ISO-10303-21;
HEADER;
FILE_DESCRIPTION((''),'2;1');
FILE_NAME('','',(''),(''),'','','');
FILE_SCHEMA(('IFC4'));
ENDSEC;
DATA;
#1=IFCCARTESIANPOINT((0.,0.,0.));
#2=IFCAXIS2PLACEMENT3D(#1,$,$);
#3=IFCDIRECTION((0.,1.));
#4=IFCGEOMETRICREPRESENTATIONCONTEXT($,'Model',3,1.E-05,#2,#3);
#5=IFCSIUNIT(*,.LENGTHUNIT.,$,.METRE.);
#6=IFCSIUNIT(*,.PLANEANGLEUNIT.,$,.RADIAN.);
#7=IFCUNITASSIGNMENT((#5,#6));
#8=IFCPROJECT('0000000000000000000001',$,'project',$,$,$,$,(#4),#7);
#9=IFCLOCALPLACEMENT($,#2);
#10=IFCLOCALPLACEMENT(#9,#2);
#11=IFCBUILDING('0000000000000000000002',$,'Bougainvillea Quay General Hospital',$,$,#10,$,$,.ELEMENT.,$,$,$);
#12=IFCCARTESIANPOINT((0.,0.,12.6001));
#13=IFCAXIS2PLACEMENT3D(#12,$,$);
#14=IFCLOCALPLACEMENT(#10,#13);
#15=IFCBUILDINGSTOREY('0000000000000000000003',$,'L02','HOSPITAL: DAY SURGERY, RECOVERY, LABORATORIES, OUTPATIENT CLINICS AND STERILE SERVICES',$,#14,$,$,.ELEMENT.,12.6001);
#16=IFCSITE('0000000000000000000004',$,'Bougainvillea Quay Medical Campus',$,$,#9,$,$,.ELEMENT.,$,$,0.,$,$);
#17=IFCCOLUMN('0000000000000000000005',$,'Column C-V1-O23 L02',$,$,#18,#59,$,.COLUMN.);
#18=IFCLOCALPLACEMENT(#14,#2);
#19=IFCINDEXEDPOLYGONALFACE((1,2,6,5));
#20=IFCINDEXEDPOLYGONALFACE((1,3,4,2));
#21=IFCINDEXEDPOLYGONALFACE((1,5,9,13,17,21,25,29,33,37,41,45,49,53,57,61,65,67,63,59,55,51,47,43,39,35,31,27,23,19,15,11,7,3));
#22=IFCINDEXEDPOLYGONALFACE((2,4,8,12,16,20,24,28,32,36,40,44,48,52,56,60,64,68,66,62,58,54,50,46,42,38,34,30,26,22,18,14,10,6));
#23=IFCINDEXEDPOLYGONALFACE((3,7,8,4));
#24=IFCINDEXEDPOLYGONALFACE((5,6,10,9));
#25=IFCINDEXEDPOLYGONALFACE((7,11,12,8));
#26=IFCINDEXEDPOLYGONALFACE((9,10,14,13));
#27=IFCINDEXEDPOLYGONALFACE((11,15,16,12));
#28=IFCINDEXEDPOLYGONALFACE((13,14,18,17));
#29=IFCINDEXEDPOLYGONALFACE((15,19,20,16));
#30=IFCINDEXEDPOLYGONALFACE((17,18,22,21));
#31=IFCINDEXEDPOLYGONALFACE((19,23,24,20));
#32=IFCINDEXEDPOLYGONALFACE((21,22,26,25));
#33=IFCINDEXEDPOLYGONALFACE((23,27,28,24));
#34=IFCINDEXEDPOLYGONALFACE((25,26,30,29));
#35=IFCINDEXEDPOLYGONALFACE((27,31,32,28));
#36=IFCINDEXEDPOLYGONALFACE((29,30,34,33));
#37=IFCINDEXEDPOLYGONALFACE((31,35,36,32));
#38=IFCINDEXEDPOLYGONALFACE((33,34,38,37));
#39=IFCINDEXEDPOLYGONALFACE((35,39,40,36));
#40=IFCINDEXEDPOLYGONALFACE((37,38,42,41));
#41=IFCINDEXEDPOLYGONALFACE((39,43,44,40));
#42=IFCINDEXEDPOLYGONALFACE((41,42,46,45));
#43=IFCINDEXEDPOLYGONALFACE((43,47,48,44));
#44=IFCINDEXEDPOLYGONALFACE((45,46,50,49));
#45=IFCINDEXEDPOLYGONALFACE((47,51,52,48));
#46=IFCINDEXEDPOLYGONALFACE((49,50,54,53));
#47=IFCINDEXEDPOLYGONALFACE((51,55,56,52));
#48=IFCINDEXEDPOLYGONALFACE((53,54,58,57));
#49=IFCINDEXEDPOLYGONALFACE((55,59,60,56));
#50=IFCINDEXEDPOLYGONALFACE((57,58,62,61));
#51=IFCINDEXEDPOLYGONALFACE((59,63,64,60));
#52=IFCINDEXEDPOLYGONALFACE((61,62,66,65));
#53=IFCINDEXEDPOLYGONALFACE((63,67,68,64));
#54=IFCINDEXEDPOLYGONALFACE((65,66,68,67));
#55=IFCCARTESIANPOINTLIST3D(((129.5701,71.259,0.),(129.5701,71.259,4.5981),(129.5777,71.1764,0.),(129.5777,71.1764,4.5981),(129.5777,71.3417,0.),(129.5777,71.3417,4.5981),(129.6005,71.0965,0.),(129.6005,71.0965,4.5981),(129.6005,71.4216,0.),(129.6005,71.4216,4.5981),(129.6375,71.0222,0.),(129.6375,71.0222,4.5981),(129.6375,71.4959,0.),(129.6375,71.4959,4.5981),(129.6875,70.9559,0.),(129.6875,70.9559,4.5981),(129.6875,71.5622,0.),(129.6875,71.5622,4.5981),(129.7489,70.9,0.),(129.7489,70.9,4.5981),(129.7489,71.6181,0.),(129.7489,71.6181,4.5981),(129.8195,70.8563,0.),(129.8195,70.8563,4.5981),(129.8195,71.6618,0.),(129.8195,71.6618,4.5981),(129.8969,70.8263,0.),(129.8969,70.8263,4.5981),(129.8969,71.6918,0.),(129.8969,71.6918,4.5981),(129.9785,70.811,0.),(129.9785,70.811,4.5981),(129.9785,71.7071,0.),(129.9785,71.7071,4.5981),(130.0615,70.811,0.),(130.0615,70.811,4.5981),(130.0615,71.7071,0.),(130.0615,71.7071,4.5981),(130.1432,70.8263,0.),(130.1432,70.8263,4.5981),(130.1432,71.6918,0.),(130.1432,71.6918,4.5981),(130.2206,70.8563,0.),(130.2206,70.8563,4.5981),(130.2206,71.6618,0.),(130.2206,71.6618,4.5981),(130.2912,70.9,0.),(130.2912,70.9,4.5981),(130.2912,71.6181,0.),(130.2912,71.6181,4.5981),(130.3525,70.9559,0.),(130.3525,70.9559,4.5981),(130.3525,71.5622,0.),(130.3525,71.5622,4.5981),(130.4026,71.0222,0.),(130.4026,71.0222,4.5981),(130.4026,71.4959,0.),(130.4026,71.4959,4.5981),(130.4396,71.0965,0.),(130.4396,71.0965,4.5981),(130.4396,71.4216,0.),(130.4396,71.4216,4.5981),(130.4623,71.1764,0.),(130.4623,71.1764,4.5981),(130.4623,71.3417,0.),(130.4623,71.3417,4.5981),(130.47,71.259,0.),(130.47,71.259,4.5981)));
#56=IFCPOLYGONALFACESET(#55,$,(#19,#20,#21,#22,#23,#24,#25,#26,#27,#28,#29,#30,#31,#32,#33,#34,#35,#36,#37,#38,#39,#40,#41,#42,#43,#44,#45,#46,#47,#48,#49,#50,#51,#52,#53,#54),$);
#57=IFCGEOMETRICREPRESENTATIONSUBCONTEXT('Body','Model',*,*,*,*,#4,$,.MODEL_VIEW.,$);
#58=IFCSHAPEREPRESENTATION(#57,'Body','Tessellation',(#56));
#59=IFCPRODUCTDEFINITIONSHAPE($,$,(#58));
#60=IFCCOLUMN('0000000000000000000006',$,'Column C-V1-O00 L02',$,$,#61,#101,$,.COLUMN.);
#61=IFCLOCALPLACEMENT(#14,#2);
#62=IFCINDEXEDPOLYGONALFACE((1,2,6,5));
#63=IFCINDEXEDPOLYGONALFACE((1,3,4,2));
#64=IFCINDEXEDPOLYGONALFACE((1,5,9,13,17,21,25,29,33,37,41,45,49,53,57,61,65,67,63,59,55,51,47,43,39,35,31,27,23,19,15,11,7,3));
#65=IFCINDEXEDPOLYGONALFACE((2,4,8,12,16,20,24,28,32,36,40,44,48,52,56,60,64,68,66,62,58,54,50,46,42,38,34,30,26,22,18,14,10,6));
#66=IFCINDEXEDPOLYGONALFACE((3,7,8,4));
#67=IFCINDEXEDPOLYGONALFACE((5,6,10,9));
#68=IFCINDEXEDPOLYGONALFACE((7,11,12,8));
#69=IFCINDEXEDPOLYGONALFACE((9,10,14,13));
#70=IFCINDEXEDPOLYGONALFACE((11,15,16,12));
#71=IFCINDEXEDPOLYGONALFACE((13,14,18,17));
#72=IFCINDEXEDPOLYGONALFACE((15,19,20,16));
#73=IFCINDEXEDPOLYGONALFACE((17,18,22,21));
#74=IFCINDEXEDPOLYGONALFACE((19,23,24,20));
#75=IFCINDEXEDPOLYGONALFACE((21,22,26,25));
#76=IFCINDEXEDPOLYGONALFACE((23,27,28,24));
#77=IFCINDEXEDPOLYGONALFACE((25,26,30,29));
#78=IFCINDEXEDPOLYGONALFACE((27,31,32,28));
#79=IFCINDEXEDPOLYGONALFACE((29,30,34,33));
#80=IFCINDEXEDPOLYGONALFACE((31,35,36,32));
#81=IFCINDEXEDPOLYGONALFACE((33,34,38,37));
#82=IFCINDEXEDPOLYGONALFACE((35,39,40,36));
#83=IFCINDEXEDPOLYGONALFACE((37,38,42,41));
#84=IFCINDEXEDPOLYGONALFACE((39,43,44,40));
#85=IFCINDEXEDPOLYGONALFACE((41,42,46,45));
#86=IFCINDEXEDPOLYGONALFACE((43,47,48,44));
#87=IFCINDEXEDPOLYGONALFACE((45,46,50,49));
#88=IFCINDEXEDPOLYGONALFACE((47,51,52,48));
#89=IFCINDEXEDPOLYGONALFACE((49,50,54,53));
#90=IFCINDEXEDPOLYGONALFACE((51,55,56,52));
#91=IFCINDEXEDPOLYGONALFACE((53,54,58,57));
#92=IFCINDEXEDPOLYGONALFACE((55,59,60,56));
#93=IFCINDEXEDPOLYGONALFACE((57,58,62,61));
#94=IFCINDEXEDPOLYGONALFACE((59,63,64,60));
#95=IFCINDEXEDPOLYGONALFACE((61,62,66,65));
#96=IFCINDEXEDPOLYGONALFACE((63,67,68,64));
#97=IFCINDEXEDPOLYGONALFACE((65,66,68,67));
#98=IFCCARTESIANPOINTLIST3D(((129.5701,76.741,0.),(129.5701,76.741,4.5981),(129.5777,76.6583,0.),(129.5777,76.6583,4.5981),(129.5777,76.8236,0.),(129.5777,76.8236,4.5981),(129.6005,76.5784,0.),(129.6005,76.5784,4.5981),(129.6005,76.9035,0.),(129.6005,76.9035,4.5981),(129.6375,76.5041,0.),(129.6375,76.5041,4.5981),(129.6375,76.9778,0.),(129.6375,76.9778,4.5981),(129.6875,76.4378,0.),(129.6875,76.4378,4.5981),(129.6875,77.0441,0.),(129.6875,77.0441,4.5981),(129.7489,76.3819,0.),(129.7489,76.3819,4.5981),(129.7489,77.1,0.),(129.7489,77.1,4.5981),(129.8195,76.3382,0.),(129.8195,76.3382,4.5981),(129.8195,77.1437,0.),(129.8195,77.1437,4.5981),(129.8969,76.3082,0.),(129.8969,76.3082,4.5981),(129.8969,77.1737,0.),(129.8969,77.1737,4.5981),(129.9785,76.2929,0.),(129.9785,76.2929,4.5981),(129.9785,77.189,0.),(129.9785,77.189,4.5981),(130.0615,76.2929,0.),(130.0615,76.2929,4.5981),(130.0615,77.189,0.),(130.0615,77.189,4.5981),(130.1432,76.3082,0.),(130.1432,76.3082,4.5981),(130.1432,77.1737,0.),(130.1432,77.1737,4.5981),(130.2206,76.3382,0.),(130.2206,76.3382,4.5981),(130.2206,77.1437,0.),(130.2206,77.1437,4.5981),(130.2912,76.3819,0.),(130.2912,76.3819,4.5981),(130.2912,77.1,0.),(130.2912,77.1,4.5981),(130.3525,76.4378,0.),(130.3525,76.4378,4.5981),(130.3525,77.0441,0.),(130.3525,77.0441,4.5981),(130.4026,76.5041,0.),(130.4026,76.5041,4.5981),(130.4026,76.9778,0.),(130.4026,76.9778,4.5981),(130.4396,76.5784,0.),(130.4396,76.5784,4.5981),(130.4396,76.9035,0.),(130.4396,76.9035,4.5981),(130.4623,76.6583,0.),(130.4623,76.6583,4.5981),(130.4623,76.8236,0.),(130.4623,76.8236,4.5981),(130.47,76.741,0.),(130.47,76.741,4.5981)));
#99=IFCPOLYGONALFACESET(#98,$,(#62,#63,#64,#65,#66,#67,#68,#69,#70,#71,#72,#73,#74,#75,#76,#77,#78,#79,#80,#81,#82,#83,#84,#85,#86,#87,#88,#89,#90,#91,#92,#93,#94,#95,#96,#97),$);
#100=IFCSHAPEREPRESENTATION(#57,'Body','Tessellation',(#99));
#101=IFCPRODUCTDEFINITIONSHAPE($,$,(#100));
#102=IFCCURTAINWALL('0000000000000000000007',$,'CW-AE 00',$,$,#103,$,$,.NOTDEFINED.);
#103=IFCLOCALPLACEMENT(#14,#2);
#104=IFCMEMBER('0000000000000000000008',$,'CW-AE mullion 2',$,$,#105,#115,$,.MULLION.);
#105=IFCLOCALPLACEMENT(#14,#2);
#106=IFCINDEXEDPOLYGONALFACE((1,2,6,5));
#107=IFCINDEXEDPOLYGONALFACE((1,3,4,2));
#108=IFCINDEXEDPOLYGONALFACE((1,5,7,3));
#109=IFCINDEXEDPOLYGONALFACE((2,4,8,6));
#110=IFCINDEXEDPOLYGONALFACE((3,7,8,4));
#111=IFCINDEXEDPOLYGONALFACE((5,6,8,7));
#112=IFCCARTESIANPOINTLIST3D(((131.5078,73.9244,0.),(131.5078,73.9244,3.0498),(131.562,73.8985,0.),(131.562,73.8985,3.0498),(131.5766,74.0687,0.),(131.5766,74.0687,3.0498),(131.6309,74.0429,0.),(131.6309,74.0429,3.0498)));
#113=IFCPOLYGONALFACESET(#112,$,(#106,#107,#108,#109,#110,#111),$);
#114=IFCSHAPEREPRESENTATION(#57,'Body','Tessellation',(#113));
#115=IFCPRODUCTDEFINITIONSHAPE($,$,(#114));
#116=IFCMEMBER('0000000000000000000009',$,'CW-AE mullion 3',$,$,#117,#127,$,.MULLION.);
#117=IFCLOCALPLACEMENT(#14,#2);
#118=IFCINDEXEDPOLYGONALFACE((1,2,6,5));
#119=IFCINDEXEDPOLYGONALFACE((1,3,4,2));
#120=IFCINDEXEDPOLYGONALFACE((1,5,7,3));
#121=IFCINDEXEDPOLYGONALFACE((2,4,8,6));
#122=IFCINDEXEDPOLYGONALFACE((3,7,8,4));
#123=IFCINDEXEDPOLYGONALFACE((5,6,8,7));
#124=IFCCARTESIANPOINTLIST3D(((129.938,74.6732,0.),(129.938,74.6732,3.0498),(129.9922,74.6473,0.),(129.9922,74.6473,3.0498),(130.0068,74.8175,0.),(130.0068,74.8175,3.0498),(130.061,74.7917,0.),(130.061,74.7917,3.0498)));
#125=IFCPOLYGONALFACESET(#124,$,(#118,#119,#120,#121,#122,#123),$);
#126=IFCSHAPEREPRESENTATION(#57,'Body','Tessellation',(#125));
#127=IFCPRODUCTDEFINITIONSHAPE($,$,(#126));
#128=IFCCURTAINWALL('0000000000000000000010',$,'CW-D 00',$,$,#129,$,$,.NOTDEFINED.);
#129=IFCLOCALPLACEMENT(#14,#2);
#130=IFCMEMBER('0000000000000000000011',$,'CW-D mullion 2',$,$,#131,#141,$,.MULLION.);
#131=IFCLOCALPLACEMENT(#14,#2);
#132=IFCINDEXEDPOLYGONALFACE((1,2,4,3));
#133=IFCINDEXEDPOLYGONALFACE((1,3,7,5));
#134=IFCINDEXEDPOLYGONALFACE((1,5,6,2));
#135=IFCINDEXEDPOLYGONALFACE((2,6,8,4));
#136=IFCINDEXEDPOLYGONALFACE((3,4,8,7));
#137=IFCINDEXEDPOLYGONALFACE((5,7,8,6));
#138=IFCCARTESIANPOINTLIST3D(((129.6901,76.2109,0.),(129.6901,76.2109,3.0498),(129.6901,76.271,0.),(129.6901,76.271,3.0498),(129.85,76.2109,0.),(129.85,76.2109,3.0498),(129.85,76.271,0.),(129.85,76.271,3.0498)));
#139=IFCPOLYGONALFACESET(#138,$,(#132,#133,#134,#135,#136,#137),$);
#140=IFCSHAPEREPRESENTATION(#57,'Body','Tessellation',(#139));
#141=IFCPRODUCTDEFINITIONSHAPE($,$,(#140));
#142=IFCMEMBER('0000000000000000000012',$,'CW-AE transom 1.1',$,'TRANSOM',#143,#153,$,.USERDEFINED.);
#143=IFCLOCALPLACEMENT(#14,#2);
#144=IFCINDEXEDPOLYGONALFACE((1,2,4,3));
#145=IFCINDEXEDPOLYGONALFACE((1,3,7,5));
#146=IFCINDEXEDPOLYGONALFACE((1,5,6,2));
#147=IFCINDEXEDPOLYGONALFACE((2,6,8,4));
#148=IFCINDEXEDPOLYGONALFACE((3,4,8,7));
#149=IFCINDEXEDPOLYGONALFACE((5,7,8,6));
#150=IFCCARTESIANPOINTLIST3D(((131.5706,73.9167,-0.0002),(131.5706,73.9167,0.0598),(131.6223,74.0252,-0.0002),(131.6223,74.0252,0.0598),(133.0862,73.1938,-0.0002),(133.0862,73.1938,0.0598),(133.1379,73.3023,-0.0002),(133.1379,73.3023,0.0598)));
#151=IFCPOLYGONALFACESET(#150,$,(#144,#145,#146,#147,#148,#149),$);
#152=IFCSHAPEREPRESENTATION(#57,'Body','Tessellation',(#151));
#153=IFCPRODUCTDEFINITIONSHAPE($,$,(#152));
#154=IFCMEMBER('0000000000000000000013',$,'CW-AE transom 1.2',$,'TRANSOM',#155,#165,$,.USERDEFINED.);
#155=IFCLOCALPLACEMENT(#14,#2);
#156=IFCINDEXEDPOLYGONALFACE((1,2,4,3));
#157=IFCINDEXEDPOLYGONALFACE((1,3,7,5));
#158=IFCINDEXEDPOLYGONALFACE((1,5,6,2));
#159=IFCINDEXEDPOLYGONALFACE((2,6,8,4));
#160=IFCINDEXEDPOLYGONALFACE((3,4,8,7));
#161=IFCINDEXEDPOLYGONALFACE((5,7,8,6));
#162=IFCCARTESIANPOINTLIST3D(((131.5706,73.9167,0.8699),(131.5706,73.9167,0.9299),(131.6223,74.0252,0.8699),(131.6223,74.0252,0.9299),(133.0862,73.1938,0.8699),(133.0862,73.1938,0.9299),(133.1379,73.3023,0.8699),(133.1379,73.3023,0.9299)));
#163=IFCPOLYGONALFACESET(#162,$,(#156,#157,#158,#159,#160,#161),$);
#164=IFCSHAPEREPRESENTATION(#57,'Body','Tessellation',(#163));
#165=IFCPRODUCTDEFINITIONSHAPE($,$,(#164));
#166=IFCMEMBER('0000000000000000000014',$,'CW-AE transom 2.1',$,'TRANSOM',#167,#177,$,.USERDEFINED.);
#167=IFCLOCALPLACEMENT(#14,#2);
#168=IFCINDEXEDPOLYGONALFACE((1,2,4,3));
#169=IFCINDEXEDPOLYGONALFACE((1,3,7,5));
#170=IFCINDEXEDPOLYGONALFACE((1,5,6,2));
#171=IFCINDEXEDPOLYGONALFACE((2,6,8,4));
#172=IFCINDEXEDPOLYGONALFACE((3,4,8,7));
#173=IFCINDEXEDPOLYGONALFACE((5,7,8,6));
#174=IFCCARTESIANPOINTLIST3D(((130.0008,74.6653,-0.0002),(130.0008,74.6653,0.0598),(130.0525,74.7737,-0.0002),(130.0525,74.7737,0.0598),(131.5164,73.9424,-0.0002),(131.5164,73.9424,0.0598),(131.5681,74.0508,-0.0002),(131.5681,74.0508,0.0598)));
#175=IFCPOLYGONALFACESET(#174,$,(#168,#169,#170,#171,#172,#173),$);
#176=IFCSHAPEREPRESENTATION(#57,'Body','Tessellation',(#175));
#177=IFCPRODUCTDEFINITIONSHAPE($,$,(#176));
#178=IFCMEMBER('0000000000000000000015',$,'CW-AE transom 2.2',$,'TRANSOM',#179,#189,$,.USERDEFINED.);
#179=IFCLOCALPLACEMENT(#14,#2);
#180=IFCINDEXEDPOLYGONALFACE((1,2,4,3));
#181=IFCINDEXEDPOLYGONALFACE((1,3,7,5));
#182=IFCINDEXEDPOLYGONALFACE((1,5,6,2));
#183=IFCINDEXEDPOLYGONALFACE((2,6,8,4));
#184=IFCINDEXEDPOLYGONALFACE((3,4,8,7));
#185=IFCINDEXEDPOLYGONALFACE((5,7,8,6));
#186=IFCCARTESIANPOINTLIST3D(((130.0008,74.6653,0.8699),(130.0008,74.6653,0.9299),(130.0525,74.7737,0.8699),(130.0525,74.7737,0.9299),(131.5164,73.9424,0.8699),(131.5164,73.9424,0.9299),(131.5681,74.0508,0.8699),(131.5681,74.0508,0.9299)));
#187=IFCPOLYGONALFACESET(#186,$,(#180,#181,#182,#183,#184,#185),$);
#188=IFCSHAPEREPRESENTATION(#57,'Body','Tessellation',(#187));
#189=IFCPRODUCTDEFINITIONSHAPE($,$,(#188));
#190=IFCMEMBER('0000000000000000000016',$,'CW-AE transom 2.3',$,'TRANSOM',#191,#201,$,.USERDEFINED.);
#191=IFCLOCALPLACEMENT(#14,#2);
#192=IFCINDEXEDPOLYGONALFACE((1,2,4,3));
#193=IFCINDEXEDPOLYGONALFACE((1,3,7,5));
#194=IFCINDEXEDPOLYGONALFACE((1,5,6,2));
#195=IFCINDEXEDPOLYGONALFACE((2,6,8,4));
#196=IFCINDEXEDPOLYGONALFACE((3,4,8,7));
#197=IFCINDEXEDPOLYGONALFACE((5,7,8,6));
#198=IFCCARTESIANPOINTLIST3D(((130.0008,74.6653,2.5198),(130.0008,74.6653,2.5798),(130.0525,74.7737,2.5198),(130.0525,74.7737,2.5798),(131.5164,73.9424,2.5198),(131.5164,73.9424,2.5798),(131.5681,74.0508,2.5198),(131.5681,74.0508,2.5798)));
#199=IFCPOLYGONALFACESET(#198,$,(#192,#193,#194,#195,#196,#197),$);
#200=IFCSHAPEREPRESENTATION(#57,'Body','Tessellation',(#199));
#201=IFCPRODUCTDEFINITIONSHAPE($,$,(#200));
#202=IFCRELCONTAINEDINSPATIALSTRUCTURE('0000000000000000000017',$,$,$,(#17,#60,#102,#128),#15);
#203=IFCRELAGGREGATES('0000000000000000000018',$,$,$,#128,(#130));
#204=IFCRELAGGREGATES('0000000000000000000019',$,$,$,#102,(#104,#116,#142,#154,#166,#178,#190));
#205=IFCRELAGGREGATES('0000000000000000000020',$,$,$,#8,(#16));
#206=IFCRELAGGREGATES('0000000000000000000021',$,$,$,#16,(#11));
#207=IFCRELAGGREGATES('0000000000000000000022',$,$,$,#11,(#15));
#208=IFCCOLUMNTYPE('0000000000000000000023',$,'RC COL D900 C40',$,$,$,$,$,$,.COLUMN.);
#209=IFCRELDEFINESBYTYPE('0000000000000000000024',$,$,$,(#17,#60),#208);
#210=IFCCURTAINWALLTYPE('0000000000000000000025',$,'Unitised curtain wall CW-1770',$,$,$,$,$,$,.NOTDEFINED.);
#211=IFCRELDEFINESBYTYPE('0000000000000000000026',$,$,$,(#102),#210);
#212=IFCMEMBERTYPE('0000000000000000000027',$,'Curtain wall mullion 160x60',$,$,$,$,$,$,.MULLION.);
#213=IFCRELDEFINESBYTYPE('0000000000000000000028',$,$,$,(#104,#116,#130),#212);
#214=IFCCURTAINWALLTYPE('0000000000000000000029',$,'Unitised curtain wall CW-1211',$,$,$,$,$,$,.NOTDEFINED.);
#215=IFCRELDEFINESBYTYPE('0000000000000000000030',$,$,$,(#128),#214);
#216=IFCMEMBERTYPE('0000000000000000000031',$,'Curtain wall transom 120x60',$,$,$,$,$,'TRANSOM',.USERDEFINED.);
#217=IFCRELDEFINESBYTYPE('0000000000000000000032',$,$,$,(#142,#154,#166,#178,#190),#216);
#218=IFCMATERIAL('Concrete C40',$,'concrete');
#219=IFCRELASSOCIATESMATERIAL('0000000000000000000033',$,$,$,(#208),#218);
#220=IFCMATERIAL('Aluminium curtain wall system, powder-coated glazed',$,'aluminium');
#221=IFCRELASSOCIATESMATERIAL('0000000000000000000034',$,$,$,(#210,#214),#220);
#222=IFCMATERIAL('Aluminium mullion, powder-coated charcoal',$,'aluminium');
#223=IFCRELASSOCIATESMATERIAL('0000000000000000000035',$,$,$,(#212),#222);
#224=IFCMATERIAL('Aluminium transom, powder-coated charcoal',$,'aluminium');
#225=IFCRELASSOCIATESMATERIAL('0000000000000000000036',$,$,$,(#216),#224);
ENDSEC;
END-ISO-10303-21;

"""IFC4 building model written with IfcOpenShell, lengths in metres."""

from ifc_helpers import new_model, si_unit, direction, frame, origin, origin_2d, place, context, subcontext, project, spatial, rectangle, circle, extrude, material, material_profile, profile_set, type_object, element, aggregate, save


model = new_model("IFC4")

# Units and contexts
model_context = context("Model", 3, precision=1e-05, world=origin(), true_north=direction((0.0, 1.0)))
body_context = subcontext(model_context, "Body", "Model", "MODEL_VIEW")
ifc_project = project(units=[si_unit("LENGTHUNIT", "METRE"), si_unit("PLANEANGLEUNIT", "RADIAN")], contexts=[model_context])

# Site, building, storey
site_placement = place(None, origin())
site = spatial("IfcSite", under=ifc_project, at=site_placement, Name="Bougainvillea Quay Medical Campus", CompositionType="ELEMENT", RefElevation=0.0)
building_placement = place(site_placement, origin())
building = spatial("IfcBuilding", under=site, at=building_placement, Name="Bougainvillea Quay General Hospital", CompositionType="ELEMENT")
storey_placement = place(building_placement, frame((0.0, 0.0, 12.6001)))
storey = spatial("IfcBuildingStorey", under=building, at=storey_placement, Name="L02", Description="HOSPITAL: DAY SURGERY, RECOVERY, LABORATORIES, OUTPATIENT CLINICS AND STERILE SERVICES", CompositionType="ELEMENT", Elevation=12.6001)

# Columns
ifc_material_1 = material(Name="Concrete C40", Category="concrete")
ifc_material_profile_1 = material_profile(ifc_material_1, circle(Radius=0.45, at=origin_2d()))
ifc_profile_set_1 = profile_set([ifc_material_profile_1], Name="Concrete C40")
column_type = type_object("IfcColumnType", Name="RC COL D900 C40", PredefinedType="COLUMN", material=ifc_profile_set_1)
for number, where, z_axis, x_axis, name in (
    (1, (130.02, 71.259, 0.0), (0.0, 0.0, 1.0), (1.0, 0.0, 0.0), "Column C-V1-O23 L02"),
    (2, (130.02, 76.741, 0.0), (0.0, 0.0, 1.0), (1.0, 0.0, 0.0), "Column C-V1-O00 L02"),
):
    element("IfcColumn", number, at=place(storey_placement, frame(where, z_axis=z_axis, x_axis=x_axis)), inside=storey, type_object=column_type, Name=name, PredefinedType="COLUMN", context=body_context, shape_type="SweptSolid", body=[
        extrude(circle(Radius=0.45, at=origin_2d()), origin(), (0.0, 0.0, 1.0), 4.5981),
    ])

# Curtain wall, members
ifc_material_2 = material(Name="Aluminium curtain wall system, powder-coated glazed", Category="aluminium")
curtain_wall_type_1 = type_object("IfcCurtainWallType", Name="Unitised curtain wall CW-1770", PredefinedType="NOTDEFINED", material=ifc_material_2)
curtain_wall_1_placement = place(storey_placement, origin())
curtain_wall_1 = element("IfcCurtainWall", 3, at=curtain_wall_1_placement, inside=storey, type_object=curtain_wall_type_1, Name="CW-AE 00", PredefinedType="NOTDEFINED")
ifc_material_3 = material(Name="Aluminium mullion, powder-coated charcoal", Category="aluminium")
ifc_material_profile_2 = material_profile(ifc_material_3, rectangle(XDim=0.1599, YDim=0.0601, at=origin_2d()))
ifc_profile_set_2 = profile_set([ifc_material_profile_2], Name="Aluminium mullion, powder-coated charcoal")
member_type_1 = type_object("IfcMemberType", Name="Curtain wall mullion 160x60", PredefinedType="MULLION", material=ifc_profile_set_2)
member_1_placement = place(storey_placement, frame((131.5693, 73.9836, 0.0), z_axis=(0.0, 0.0, 1.0), x_axis=(-0.430463, -0.902608, 0.0)))
member_1 = element("IfcMember", 4, at=member_1_placement, type_object=member_type_1, Name="CW-AE mullion 2", PredefinedType="MULLION", context=body_context, shape_type="SweptSolid", body=[
    extrude(rectangle(XDim=0.1599, YDim=0.0601, at=origin_2d()), origin(), (0.0, 0.0, 1.0), 3.0498),
])
member_2_placement = place(storey_placement, frame((129.9995, 74.7324, 0.0), z_axis=(0.0, 0.0, 1.0), x_axis=(-0.430463, -0.902608, 0.0)))
member_2 = element("IfcMember", 5, at=member_2_placement, type_object=member_type_1, Name="CW-AE mullion 3", PredefinedType="MULLION", context=body_context, shape_type="SweptSolid", body=[
    extrude(rectangle(XDim=0.1599, YDim=0.0601, at=origin_2d()), origin(), (0.0, 0.0, 1.0), 3.0498),
])

# Curtain wall, member
curtain_wall_type_2 = type_object("IfcCurtainWallType", Name="Unitised curtain wall CW-1211", PredefinedType="NOTDEFINED", material=ifc_material_2)
curtain_wall_2_placement = place(storey_placement, origin())
curtain_wall_2 = element("IfcCurtainWall", 6, at=curtain_wall_2_placement, inside=storey, type_object=curtain_wall_type_2, Name="CW-D 00", PredefinedType="NOTDEFINED")
member_3_placement = place(storey_placement, frame((129.77, 76.241, 0.0), z_axis=(0.0, 0.0, 1.0), x_axis=(-1.0, 0.0, 0.0)))
member_3 = element("IfcMember", 7, at=member_3_placement, type_object=member_type_1, Name="CW-D mullion 2", PredefinedType="MULLION", context=body_context, shape_type="SweptSolid", body=[
    extrude(rectangle(XDim=0.1599, YDim=0.0601, at=origin_2d()), origin(), (0.0, 0.0, 1.0), 3.0498),
])

# Members
ifc_material_4 = material(Name="Aluminium transom, powder-coated charcoal", Category="aluminium")
ifc_material_profile_3 = material_profile(ifc_material_4, rectangle(XDim=0.1201, YDim=0.0601, at=origin_2d()))
ifc_profile_set_3 = profile_set([ifc_material_profile_3], Name="Aluminium transom, powder-coated charcoal")
member_type_2 = type_object("IfcMemberType", Name="Curtain wall transom 120x60", ElementType="TRANSOM", PredefinedType="USERDEFINED", material=ifc_profile_set_3)
member_4_placement = place(storey_placement, frame((133.1121, 73.248, 0.0298), z_axis=(-0.902589, 0.430504, 0.0), x_axis=(-0.430504, -0.902589, 0.0)))
member_4 = element("IfcMember", 8, at=member_4_placement, type_object=member_type_2, Name="CW-AE transom 1.1", ObjectType="TRANSOM", PredefinedType="USERDEFINED", context=body_context, shape_type="SweptSolid", body=[
    extrude(rectangle(XDim=0.1201, YDim=0.0601, at=origin_2d()), origin(), (0.0, 0.0, 1.0), 1.6792),
])
member_5_placement = place(storey_placement, frame((133.1121, 73.248, 0.8999), z_axis=(-0.902589, 0.430504, 0.0), x_axis=(-0.430504, -0.902589, 0.0)))
member_5 = element("IfcMember", 9, at=member_5_placement, type_object=member_type_2, Name="CW-AE transom 1.2", ObjectType="TRANSOM", PredefinedType="USERDEFINED", context=body_context, shape_type="SweptSolid", body=[
    extrude(rectangle(XDim=0.1201, YDim=0.0601, at=origin_2d()), origin(), (0.0, 0.0, 1.0), 1.6792),
])
member_6_placement = place(storey_placement, frame((131.5422, 73.9966, 0.0298), z_axis=(-0.902589, 0.430504, 0.0), x_axis=(-0.430504, -0.902589, 0.0)))
member_6 = element("IfcMember", 10, at=member_6_placement, type_object=member_type_2, Name="CW-AE transom 2.1", ObjectType="TRANSOM", PredefinedType="USERDEFINED", context=body_context, shape_type="SweptSolid", body=[
    extrude(rectangle(XDim=0.1201, YDim=0.0601, at=origin_2d()), origin(), (0.0, 0.0, 1.0), 1.6792),
])
member_7_placement = place(storey_placement, frame((131.5422, 73.9966, 0.8999), z_axis=(-0.902589, 0.430504, 0.0), x_axis=(-0.430504, -0.902589, 0.0)))
member_7 = element("IfcMember", 11, at=member_7_placement, type_object=member_type_2, Name="CW-AE transom 2.2", ObjectType="TRANSOM", PredefinedType="USERDEFINED", context=body_context, shape_type="SweptSolid", body=[
    extrude(rectangle(XDim=0.1201, YDim=0.0601, at=origin_2d()), origin(), (0.0, 0.0, 1.0), 1.6792),
])
member_8_placement = place(storey_placement, frame((131.5422, 73.9966, 2.5498), z_axis=(-0.902589, 0.430504, 0.0), x_axis=(-0.430504, -0.902589, 0.0)))
member_8 = element("IfcMember", 12, at=member_8_placement, type_object=member_type_2, Name="CW-AE transom 2.3", ObjectType="TRANSOM", PredefinedType="USERDEFINED", context=body_context, shape_type="SweptSolid", body=[
    extrude(rectangle(XDim=0.1201, YDim=0.0601, at=origin_2d()), origin(), (0.0, 0.0, 1.0), 1.6792),
])

aggregate(curtain_wall_2, [member_3])
aggregate(curtain_wall_1, [member_1, member_2, member_4, member_5, member_6, member_7, member_8])

save(model, "model.ifc")
